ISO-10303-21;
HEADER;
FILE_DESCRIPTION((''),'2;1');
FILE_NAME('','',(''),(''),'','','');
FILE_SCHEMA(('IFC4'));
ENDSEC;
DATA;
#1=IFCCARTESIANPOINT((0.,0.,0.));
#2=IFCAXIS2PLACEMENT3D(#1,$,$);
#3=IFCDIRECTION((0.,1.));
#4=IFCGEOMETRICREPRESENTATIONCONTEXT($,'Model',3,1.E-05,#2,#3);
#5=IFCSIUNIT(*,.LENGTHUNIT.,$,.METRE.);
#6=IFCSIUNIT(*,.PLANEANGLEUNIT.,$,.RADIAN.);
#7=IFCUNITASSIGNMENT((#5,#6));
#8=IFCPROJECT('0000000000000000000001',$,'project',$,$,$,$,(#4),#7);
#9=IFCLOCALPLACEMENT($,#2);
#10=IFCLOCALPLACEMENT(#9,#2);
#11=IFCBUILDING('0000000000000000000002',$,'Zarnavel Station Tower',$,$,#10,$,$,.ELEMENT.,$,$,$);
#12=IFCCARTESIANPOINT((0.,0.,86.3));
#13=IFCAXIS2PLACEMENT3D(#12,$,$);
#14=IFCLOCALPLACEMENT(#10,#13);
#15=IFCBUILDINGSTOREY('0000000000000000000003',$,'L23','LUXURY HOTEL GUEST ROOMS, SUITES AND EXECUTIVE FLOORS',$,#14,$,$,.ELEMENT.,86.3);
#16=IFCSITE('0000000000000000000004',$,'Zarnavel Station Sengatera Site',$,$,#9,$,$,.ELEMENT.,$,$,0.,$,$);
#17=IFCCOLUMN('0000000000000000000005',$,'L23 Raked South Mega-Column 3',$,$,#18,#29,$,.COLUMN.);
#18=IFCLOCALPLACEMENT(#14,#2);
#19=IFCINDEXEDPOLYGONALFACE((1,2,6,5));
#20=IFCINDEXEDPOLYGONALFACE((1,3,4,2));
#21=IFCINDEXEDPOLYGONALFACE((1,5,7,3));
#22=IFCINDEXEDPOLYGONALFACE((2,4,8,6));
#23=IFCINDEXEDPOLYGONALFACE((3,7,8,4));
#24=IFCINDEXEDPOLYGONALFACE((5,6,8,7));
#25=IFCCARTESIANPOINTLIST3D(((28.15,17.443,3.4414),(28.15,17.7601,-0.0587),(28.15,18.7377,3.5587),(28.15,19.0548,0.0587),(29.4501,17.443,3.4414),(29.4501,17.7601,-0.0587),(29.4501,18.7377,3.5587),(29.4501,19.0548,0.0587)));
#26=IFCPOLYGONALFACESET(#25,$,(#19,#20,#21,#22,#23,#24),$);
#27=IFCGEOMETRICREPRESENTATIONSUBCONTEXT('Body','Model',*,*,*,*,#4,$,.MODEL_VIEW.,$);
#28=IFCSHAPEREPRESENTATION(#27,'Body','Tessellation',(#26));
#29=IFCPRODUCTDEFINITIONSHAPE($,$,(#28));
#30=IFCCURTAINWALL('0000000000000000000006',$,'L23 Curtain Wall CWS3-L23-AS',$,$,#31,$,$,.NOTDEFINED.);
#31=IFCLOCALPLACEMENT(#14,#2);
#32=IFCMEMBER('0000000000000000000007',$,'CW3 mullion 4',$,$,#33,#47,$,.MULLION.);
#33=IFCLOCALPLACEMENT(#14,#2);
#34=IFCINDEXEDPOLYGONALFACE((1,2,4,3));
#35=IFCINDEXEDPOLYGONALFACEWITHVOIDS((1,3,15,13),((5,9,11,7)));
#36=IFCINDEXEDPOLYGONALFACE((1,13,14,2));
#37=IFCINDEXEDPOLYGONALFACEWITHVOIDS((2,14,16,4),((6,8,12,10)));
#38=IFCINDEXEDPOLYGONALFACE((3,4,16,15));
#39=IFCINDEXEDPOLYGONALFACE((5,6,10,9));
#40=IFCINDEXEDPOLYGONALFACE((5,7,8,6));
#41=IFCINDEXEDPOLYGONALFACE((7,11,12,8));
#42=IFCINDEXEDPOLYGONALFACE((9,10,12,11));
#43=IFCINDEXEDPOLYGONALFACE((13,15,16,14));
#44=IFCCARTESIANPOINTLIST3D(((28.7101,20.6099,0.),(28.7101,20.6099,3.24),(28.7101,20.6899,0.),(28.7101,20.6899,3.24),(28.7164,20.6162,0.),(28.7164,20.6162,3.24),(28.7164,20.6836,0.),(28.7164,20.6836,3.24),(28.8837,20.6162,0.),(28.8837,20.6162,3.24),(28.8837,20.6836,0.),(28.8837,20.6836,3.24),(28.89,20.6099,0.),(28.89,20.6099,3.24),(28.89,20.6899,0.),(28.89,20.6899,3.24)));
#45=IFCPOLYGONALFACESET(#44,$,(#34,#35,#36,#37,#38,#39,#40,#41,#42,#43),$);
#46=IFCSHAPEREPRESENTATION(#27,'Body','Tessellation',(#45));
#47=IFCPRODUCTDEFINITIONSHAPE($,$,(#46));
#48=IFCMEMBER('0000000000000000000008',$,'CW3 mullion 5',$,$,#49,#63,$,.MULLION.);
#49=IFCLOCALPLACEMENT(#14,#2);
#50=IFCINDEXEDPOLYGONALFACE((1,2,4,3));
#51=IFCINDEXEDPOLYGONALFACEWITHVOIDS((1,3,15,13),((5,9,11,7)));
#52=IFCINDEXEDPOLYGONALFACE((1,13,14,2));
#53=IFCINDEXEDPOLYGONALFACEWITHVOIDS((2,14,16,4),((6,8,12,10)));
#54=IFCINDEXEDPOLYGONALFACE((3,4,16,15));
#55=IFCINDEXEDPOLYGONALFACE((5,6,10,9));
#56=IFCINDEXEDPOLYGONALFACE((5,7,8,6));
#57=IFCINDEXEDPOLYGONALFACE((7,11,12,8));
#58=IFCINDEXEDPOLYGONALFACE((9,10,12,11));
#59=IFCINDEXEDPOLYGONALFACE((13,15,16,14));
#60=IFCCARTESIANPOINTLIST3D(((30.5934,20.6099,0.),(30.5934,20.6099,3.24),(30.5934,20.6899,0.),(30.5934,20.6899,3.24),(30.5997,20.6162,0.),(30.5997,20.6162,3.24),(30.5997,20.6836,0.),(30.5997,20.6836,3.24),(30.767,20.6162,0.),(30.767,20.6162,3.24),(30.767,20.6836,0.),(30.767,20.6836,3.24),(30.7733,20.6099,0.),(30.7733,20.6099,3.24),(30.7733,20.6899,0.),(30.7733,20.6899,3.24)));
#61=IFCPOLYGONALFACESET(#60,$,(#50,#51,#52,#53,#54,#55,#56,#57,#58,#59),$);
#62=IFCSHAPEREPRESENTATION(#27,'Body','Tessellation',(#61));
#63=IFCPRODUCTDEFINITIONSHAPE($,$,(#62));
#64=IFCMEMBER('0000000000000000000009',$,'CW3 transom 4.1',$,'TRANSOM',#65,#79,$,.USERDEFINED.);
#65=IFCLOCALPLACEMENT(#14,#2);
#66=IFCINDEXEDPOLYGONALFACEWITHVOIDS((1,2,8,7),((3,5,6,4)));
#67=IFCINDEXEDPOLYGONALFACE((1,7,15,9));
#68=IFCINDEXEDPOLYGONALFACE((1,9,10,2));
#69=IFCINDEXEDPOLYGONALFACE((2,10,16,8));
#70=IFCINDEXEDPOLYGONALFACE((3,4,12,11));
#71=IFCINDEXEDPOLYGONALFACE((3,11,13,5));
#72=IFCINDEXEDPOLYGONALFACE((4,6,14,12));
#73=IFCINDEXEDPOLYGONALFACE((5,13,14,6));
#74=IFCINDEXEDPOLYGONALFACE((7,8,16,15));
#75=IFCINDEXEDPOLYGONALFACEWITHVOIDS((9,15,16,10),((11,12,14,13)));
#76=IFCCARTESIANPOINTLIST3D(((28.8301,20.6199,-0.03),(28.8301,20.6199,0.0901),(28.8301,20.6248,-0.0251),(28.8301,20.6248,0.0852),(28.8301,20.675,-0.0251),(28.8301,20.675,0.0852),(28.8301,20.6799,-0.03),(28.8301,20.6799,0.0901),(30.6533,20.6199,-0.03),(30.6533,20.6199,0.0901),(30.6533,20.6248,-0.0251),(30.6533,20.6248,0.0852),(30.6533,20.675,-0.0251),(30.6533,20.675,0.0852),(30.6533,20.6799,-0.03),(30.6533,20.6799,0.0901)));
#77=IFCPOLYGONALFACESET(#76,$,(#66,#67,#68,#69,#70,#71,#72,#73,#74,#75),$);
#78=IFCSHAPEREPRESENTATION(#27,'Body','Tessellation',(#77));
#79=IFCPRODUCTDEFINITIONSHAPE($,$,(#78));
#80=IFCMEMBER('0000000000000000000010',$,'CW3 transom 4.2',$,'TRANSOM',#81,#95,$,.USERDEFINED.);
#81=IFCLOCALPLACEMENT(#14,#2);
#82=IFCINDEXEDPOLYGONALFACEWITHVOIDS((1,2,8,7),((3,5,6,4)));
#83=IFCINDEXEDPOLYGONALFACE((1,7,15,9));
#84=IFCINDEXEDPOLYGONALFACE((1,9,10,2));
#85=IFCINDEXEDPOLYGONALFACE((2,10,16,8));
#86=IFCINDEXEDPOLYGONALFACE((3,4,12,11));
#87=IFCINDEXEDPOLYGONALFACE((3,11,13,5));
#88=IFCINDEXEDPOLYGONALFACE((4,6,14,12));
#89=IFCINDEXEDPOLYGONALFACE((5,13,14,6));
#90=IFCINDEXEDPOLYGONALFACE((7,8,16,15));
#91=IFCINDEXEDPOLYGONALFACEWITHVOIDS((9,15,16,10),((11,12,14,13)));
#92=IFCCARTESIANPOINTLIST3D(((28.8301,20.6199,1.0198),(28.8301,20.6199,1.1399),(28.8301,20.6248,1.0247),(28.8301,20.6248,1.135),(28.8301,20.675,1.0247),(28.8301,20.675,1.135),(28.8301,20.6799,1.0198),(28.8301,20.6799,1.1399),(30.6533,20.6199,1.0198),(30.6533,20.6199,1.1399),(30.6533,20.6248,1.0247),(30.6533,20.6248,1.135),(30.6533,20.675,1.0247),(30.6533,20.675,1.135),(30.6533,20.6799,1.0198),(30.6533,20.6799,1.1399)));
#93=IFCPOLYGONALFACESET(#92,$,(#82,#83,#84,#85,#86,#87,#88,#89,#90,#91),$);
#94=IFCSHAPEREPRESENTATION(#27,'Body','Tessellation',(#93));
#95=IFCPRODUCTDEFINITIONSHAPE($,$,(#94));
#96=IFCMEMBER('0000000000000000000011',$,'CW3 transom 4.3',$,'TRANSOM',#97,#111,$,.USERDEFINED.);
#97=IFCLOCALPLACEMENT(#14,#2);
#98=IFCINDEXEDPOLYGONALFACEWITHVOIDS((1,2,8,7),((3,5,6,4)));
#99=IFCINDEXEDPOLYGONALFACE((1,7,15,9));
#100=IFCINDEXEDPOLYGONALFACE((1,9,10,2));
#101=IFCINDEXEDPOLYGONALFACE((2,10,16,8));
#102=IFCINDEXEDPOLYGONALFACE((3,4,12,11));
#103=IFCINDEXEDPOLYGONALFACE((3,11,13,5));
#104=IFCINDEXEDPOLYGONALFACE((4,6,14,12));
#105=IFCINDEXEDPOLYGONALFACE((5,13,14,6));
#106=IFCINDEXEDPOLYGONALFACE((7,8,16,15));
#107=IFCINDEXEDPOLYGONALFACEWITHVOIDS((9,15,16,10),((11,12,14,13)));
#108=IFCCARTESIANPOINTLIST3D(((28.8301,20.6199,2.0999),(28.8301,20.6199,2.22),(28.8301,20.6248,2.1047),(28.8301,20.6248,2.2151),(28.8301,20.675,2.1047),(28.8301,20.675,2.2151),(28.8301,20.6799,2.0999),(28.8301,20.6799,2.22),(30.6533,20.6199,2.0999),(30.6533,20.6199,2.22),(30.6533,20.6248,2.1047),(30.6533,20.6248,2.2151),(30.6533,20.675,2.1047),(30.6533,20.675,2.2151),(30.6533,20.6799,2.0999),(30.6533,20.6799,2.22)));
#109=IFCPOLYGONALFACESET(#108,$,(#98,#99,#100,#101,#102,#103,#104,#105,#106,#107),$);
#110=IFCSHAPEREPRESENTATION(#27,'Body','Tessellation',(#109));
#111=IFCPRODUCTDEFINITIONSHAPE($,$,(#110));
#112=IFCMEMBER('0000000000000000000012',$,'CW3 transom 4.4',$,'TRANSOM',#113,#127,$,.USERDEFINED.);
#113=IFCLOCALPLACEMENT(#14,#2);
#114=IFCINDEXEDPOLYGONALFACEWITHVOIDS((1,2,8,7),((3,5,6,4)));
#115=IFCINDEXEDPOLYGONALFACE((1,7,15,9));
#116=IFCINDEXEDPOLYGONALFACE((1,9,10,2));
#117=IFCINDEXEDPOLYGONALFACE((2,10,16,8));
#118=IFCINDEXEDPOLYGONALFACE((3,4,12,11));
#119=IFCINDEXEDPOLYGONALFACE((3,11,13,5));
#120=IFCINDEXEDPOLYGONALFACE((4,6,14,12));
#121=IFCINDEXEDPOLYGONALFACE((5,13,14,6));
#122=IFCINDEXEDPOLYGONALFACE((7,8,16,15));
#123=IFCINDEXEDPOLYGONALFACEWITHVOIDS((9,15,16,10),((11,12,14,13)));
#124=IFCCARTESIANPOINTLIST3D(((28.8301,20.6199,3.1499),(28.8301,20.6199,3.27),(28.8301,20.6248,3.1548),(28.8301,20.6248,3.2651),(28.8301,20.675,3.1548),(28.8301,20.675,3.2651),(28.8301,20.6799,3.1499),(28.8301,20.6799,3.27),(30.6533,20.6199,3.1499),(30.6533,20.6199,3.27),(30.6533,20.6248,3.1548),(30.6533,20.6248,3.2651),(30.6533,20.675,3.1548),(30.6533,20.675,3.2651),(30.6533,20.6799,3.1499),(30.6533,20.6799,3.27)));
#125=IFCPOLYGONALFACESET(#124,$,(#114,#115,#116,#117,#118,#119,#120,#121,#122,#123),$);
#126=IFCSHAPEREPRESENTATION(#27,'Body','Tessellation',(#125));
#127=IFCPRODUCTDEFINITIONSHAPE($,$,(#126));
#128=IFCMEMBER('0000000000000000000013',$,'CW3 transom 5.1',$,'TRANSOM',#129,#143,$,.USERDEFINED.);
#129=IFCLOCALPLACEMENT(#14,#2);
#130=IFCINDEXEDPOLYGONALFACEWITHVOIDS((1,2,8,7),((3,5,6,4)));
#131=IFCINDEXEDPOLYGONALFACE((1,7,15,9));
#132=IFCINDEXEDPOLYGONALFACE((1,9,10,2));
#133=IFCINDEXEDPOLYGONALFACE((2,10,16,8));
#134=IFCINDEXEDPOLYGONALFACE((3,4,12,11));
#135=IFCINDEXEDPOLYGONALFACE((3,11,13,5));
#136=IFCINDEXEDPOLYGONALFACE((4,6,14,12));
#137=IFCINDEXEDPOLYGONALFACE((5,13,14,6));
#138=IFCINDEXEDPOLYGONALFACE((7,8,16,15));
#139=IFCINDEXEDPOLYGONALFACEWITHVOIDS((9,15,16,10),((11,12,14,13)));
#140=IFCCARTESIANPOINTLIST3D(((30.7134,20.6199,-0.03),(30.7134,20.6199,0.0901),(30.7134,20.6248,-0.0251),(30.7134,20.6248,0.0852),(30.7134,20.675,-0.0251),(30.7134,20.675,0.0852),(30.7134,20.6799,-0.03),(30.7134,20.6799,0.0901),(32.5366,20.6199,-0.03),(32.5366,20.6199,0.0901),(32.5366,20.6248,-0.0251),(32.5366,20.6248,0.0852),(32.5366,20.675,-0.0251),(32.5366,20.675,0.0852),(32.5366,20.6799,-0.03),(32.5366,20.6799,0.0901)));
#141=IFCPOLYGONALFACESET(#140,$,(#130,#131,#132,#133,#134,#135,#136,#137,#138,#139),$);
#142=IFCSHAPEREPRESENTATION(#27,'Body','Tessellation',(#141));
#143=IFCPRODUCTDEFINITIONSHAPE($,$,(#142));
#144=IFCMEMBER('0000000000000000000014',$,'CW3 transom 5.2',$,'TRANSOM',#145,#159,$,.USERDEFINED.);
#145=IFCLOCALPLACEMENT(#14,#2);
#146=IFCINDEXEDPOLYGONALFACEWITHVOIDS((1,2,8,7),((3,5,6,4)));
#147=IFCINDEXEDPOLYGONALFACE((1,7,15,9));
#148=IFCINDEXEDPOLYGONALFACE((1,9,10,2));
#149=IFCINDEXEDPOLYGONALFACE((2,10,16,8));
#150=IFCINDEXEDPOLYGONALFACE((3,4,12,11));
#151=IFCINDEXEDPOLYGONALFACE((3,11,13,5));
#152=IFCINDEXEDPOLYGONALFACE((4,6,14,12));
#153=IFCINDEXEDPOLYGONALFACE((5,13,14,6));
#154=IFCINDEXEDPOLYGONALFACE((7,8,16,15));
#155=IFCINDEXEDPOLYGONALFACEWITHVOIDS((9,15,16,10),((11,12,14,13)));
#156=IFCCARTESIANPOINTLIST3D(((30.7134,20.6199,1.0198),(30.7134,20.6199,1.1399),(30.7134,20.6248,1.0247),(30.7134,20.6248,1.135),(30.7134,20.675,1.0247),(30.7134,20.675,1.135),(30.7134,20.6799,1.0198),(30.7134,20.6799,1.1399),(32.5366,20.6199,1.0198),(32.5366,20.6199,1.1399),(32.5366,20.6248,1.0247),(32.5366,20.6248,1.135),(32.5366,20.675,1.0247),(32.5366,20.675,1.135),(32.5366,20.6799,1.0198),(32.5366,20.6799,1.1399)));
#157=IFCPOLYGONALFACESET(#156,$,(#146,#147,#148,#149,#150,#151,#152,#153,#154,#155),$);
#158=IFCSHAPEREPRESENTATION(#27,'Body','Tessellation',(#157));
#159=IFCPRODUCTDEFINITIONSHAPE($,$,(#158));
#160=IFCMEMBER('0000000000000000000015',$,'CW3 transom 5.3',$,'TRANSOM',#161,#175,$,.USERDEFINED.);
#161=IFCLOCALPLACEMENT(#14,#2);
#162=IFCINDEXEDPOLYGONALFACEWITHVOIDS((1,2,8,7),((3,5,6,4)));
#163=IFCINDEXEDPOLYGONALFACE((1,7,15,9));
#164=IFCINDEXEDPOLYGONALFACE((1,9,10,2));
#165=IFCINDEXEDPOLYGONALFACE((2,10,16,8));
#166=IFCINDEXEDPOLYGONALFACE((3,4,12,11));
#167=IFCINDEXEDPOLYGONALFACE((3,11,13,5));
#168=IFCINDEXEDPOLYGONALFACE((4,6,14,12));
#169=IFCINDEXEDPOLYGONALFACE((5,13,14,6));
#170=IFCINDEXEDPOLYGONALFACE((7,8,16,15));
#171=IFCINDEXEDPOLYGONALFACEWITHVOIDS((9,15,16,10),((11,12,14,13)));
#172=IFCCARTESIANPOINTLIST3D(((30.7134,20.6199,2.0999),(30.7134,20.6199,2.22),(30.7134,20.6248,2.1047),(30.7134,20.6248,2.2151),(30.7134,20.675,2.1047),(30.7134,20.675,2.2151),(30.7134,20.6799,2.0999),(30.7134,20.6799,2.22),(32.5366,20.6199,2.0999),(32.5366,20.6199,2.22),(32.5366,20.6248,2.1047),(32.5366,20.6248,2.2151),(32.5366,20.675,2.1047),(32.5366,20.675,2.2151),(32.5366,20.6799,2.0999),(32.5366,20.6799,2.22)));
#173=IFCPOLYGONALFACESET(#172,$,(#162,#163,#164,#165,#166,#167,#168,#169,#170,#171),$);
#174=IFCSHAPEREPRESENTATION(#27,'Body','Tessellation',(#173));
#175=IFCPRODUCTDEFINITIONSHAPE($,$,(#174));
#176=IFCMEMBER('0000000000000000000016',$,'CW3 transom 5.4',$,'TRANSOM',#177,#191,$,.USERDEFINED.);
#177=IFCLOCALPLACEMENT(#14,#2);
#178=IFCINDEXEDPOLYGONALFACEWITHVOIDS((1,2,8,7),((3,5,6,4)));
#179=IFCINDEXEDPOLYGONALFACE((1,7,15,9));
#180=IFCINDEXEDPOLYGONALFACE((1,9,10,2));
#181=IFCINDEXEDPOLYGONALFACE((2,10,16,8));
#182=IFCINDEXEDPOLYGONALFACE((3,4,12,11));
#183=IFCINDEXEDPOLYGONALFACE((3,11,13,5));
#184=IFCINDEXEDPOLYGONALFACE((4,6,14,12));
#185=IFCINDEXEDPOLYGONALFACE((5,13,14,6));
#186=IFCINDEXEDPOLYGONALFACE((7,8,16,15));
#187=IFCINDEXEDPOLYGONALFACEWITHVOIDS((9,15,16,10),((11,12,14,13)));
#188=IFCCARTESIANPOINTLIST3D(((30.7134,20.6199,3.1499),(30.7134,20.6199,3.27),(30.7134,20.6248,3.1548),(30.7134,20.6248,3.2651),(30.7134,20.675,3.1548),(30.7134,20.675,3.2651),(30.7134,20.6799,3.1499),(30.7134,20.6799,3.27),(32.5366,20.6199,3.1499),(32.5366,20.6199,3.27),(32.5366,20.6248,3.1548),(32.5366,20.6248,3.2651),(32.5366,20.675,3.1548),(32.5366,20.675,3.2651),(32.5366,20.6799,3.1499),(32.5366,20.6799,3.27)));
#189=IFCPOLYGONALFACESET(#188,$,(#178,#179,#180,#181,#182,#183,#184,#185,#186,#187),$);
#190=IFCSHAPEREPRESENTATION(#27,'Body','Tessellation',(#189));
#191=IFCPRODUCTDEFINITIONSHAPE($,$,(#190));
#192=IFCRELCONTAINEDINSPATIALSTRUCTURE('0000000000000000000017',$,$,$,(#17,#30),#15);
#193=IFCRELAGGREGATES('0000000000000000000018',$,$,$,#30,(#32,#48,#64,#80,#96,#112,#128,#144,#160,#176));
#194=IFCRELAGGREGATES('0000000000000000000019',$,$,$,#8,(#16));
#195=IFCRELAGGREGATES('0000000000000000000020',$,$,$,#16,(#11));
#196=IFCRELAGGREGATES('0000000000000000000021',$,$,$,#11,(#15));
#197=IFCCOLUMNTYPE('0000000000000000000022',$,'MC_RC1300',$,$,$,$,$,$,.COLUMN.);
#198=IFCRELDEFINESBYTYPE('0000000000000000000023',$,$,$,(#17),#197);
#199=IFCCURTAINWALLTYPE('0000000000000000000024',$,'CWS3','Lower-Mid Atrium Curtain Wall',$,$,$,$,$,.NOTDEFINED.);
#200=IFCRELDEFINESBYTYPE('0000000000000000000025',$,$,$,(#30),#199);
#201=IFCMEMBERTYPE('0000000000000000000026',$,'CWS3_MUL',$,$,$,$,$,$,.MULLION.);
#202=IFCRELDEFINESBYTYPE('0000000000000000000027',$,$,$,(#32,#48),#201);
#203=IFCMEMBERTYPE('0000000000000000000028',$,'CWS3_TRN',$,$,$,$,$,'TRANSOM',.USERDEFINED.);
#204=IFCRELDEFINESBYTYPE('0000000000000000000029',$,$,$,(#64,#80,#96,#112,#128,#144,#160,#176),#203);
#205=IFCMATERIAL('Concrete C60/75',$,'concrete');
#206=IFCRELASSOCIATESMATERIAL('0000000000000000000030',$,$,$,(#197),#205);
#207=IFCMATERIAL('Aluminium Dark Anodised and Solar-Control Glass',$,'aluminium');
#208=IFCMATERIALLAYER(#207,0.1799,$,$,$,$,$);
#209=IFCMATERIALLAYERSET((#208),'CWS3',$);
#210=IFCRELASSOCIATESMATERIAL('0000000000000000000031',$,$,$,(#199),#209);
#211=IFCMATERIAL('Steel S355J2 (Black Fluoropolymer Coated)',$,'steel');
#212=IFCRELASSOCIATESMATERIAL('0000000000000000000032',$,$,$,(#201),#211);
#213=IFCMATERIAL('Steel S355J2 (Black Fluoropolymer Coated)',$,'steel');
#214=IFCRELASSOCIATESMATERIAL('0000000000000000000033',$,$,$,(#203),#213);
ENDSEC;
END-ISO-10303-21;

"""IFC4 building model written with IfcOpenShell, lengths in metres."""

from ifc_helpers import new_model, si_unit, direction, frame, origin, origin_2d, place, context, subcontext, project, spatial, rectangle, hollow_rectangle, extrude, material, layer, layer_set, material_profile, profile_set, type_object, element, aggregate, save


model = new_model("IFC4")

# Units and contexts
model_context = context("Model", 3, precision=1e-05, world=origin(), true_north=direction((0.0, 1.0)))
body_context = subcontext(model_context, "Body", "Model", "MODEL_VIEW")
ifc_project = project(units=[si_unit("LENGTHUNIT", "METRE"), si_unit("PLANEANGLEUNIT", "RADIAN")], contexts=[model_context])

# Site, building, storey
site_placement = place(None, origin())
site = spatial("IfcSite", under=ifc_project, at=site_placement, Name="Zarnavel Station Sengatera Site", CompositionType="ELEMENT", RefElevation=0.0)
building_placement = place(site_placement, origin())
building = spatial("IfcBuilding", under=site, at=building_placement, Name="Zarnavel Station Tower", CompositionType="ELEMENT")
storey_placement = place(building_placement, frame((0.0, 0.0, 86.3)))
storey = spatial("IfcBuildingStorey", under=building, at=storey_placement, Name="L23", Description="LUXURY HOTEL GUEST ROOMS, SUITES AND EXECUTIVE FLOORS", CompositionType="ELEMENT", Elevation=86.3)

# Column
ifc_material_1 = material(Name="Concrete C60/75", Category="concrete")
ifc_material_profile_1 = material_profile(ifc_material_1, rectangle(XDim=1.3, YDim=1.3, at=origin_2d()), Name="RC1300x1300")
ifc_profile_set_1 = profile_set([ifc_material_profile_1], Name="Concrete C60/75")
column_type = type_object("IfcColumnType", Name="MC_RC1300", PredefinedType="COLUMN", material=ifc_profile_set_1)
column_placement = place(storey_placement, frame((28.8, 18.4075, 0.0), z_axis=(0.0, -0.090241, 0.99592), x_axis=(1.0, 0.0, 0.0)))
element("IfcColumn", 1, at=column_placement, inside=storey, type_object=column_type, Name="L23 Raked South Mega-Column 3", PredefinedType="COLUMN", context=body_context, shape_type="SweptSolid", body=[
    extrude(rectangle(XDim=1.3, YDim=1.3, at=origin_2d()), origin(), (0.0, 0.0, 1.0), 3.5144),
])

# Curtain wall, members
ifc_material_2 = material(Name="Aluminium Dark Anodised and Solar-Control Glass", Category="aluminium")
ifc_layer_1 = layer(ifc_material_2, 0.1799)
ifc_layer_set_1 = layer_set([ifc_layer_1], Name="CWS3")
curtain_wall_type = type_object("IfcCurtainWallType", Name="CWS3", Description="Lower-Mid Atrium Curtain Wall", PredefinedType="NOTDEFINED", material=ifc_layer_set_1)
curtain_wall_placement = place(storey_placement, origin())
curtain_wall = element("IfcCurtainWall", 2, at=curtain_wall_placement, inside=storey, type_object=curtain_wall_type, Name="L23 Curtain Wall CWS3-L23-AS", PredefinedType="NOTDEFINED")
ifc_material_3 = material(Name="Steel S355J2 (Black Fluoropolymer Coated)", Category="steel")
ifc_material_profile_2 = material_profile(ifc_material_3, hollow_rectangle(XDim=0.0801, YDim=0.1799, WallThickness=0.0063, at=origin_2d()), Name="RHS180x80x6.3")
ifc_profile_set_2 = profile_set([ifc_material_profile_2], Name="Steel S355J2 (Black Fluoropolymer Coated)")
member_type_1 = type_object("IfcMemberType", Name="CWS3_MUL", PredefinedType="MULLION", material=ifc_profile_set_2)
member_1_placement = place(storey_placement, frame((28.8, 20.6499, 0.0), z_axis=(0.0, 0.0, 1.0), x_axis=(0.0, 1.0, 0.0)))
member_1 = element("IfcMember", 3, at=member_1_placement, type_object=member_type_1, Name="CW3 mullion 4", PredefinedType="MULLION", context=body_context, shape_type="SweptSolid", body=[
    extrude(hollow_rectangle(XDim=0.0801, YDim=0.1799, WallThickness=0.0063, at=origin_2d()), origin(), (0.0, 0.0, 1.0), 3.24),
])
member_2_placement = place(storey_placement, frame((30.6833, 20.6499, 0.0), z_axis=(0.0, 0.0, 1.0), x_axis=(0.0, 1.0, 0.0)))
member_2 = element("IfcMember", 4, at=member_2_placement, type_object=member_type_1, Name="CW3 mullion 5", PredefinedType="MULLION", context=body_context, shape_type="SweptSolid", body=[
    extrude(hollow_rectangle(XDim=0.0801, YDim=0.1799, WallThickness=0.0063, at=origin_2d()), origin(), (0.0, 0.0, 1.0), 3.24),
])
ifc_material_4 = material(Name="Steel S355J2 (Black Fluoropolymer Coated)", Category="steel")
ifc_material_profile_3 = material_profile(ifc_material_4, hollow_rectangle(XDim=0.0601, YDim=0.1201, WallThickness=0.0049, at=origin_2d()), Name="RHS120x60x5")
ifc_profile_set_3 = profile_set([ifc_material_profile_3], Name="Steel S355J2 (Black Fluoropolymer Coated)")
member_type_2 = type_object("IfcMemberType", Name="CWS3_TRN", ElementType="TRANSOM", PredefinedType="USERDEFINED", material=ifc_profile_set_3)
member_3_placement = place(storey_placement, frame((28.8301, 20.6499, 0.03), z_axis=(1.0, 0.0, 0.0), x_axis=(0.0, 1.0, 0.0)))
member_3 = element("IfcMember", 5, at=member_3_placement, type_object=member_type_2, Name="CW3 transom 4.1", ObjectType="TRANSOM", PredefinedType="USERDEFINED", context=body_context, shape_type="SweptSolid", body=[
    extrude(hollow_rectangle(XDim=0.0601, YDim=0.1201, WallThickness=0.0049, at=origin_2d()), origin(), (0.0, 0.0, 1.0), 1.8232),
])
member_4_placement = place(storey_placement, frame((28.8301, 20.6499, 1.0798), z_axis=(1.0, 0.0, 0.0), x_axis=(0.0, 1.0, 0.0)))
member_4 = element("IfcMember", 6, at=member_4_placement, type_object=member_type_2, Name="CW3 transom 4.2", ObjectType="TRANSOM", PredefinedType="USERDEFINED", context=body_context, shape_type="SweptSolid", body=[
    extrude(hollow_rectangle(XDim=0.0601, YDim=0.1201, WallThickness=0.0049, at=origin_2d()), origin(), (0.0, 0.0, 1.0), 1.8232),
])
member_5_placement = place(storey_placement, frame((28.8301, 20.6499, 2.1599), z_axis=(1.0, 0.0, 0.0), x_axis=(0.0, 1.0, 0.0)))
member_5 = element("IfcMember", 7, at=member_5_placement, type_object=member_type_2, Name="CW3 transom 4.3", ObjectType="TRANSOM", PredefinedType="USERDEFINED", context=body_context, shape_type="SweptSolid", body=[
    extrude(hollow_rectangle(XDim=0.0601, YDim=0.1201, WallThickness=0.0049, at=origin_2d()), origin(), (0.0, 0.0, 1.0), 1.8232),
])
member_6_placement = place(storey_placement, frame((28.8301, 20.6499, 3.21), z_axis=(1.0, 0.0, 0.0), x_axis=(0.0, 1.0, 0.0)))
member_6 = element("IfcMember", 8, at=member_6_placement, type_object=member_type_2, Name="CW3 transom 4.4", ObjectType="TRANSOM", PredefinedType="USERDEFINED", context=body_context, shape_type="SweptSolid", body=[
    extrude(hollow_rectangle(XDim=0.0601, YDim=0.1201, WallThickness=0.0049, at=origin_2d()), origin(), (0.0, 0.0, 1.0), 1.8232),
])
member_7_placement = place(storey_placement, frame((30.7134, 20.6499, 0.03), z_axis=(1.0, 0.0, 0.0), x_axis=(0.0, 1.0, 0.0)))
member_7 = element("IfcMember", 9, at=member_7_placement, type_object=member_type_2, Name="CW3 transom 5.1", ObjectType="TRANSOM", PredefinedType="USERDEFINED", context=body_context, shape_type="SweptSolid", body=[
    extrude(hollow_rectangle(XDim=0.0601, YDim=0.1201, WallThickness=0.0049, at=origin_2d()), origin(), (0.0, 0.0, 1.0), 1.8232),
])
member_8_placement = place(storey_placement, frame((30.7134, 20.6499, 1.0798), z_axis=(1.0, 0.0, 0.0), x_axis=(0.0, 1.0, 0.0)))
member_8 = element("IfcMember", 10, at=member_8_placement, type_object=member_type_2, Name="CW3 transom 5.2", ObjectType="TRANSOM", PredefinedType="USERDEFINED", context=body_context, shape_type="SweptSolid", body=[
    extrude(hollow_rectangle(XDim=0.0601, YDim=0.1201, WallThickness=0.0049, at=origin_2d()), origin(), (0.0, 0.0, 1.0), 1.8232),
])
member_9_placement = place(storey_placement, frame((30.7134, 20.6499, 2.1599), z_axis=(1.0, 0.0, 0.0), x_axis=(0.0, 1.0, 0.0)))
member_9 = element("IfcMember", 11, at=member_9_placement, type_object=member_type_2, Name="CW3 transom 5.3", ObjectType="TRANSOM", PredefinedType="USERDEFINED", context=body_context, shape_type="SweptSolid", body=[
    extrude(hollow_rectangle(XDim=0.0601, YDim=0.1201, WallThickness=0.0049, at=origin_2d()), origin(), (0.0, 0.0, 1.0), 1.8232),
])
member_10_placement = place(storey_placement, frame((30.7134, 20.6499, 3.21), z_axis=(1.0, 0.0, 0.0), x_axis=(0.0, 1.0, 0.0)))
member_10 = element("IfcMember", 12, at=member_10_placement, type_object=member_type_2, Name="CW3 transom 5.4", ObjectType="TRANSOM", PredefinedType="USERDEFINED", context=body_context, shape_type="SweptSolid", body=[
    extrude(hollow_rectangle(XDim=0.0601, YDim=0.1201, WallThickness=0.0049, at=origin_2d()), origin(), (0.0, 0.0, 1.0), 1.8232),
])

aggregate(curtain_wall, [member_1, member_2, member_3, member_4, member_5, member_6, member_7, member_8, member_9, member_10])

save(model, "model.ifc")
